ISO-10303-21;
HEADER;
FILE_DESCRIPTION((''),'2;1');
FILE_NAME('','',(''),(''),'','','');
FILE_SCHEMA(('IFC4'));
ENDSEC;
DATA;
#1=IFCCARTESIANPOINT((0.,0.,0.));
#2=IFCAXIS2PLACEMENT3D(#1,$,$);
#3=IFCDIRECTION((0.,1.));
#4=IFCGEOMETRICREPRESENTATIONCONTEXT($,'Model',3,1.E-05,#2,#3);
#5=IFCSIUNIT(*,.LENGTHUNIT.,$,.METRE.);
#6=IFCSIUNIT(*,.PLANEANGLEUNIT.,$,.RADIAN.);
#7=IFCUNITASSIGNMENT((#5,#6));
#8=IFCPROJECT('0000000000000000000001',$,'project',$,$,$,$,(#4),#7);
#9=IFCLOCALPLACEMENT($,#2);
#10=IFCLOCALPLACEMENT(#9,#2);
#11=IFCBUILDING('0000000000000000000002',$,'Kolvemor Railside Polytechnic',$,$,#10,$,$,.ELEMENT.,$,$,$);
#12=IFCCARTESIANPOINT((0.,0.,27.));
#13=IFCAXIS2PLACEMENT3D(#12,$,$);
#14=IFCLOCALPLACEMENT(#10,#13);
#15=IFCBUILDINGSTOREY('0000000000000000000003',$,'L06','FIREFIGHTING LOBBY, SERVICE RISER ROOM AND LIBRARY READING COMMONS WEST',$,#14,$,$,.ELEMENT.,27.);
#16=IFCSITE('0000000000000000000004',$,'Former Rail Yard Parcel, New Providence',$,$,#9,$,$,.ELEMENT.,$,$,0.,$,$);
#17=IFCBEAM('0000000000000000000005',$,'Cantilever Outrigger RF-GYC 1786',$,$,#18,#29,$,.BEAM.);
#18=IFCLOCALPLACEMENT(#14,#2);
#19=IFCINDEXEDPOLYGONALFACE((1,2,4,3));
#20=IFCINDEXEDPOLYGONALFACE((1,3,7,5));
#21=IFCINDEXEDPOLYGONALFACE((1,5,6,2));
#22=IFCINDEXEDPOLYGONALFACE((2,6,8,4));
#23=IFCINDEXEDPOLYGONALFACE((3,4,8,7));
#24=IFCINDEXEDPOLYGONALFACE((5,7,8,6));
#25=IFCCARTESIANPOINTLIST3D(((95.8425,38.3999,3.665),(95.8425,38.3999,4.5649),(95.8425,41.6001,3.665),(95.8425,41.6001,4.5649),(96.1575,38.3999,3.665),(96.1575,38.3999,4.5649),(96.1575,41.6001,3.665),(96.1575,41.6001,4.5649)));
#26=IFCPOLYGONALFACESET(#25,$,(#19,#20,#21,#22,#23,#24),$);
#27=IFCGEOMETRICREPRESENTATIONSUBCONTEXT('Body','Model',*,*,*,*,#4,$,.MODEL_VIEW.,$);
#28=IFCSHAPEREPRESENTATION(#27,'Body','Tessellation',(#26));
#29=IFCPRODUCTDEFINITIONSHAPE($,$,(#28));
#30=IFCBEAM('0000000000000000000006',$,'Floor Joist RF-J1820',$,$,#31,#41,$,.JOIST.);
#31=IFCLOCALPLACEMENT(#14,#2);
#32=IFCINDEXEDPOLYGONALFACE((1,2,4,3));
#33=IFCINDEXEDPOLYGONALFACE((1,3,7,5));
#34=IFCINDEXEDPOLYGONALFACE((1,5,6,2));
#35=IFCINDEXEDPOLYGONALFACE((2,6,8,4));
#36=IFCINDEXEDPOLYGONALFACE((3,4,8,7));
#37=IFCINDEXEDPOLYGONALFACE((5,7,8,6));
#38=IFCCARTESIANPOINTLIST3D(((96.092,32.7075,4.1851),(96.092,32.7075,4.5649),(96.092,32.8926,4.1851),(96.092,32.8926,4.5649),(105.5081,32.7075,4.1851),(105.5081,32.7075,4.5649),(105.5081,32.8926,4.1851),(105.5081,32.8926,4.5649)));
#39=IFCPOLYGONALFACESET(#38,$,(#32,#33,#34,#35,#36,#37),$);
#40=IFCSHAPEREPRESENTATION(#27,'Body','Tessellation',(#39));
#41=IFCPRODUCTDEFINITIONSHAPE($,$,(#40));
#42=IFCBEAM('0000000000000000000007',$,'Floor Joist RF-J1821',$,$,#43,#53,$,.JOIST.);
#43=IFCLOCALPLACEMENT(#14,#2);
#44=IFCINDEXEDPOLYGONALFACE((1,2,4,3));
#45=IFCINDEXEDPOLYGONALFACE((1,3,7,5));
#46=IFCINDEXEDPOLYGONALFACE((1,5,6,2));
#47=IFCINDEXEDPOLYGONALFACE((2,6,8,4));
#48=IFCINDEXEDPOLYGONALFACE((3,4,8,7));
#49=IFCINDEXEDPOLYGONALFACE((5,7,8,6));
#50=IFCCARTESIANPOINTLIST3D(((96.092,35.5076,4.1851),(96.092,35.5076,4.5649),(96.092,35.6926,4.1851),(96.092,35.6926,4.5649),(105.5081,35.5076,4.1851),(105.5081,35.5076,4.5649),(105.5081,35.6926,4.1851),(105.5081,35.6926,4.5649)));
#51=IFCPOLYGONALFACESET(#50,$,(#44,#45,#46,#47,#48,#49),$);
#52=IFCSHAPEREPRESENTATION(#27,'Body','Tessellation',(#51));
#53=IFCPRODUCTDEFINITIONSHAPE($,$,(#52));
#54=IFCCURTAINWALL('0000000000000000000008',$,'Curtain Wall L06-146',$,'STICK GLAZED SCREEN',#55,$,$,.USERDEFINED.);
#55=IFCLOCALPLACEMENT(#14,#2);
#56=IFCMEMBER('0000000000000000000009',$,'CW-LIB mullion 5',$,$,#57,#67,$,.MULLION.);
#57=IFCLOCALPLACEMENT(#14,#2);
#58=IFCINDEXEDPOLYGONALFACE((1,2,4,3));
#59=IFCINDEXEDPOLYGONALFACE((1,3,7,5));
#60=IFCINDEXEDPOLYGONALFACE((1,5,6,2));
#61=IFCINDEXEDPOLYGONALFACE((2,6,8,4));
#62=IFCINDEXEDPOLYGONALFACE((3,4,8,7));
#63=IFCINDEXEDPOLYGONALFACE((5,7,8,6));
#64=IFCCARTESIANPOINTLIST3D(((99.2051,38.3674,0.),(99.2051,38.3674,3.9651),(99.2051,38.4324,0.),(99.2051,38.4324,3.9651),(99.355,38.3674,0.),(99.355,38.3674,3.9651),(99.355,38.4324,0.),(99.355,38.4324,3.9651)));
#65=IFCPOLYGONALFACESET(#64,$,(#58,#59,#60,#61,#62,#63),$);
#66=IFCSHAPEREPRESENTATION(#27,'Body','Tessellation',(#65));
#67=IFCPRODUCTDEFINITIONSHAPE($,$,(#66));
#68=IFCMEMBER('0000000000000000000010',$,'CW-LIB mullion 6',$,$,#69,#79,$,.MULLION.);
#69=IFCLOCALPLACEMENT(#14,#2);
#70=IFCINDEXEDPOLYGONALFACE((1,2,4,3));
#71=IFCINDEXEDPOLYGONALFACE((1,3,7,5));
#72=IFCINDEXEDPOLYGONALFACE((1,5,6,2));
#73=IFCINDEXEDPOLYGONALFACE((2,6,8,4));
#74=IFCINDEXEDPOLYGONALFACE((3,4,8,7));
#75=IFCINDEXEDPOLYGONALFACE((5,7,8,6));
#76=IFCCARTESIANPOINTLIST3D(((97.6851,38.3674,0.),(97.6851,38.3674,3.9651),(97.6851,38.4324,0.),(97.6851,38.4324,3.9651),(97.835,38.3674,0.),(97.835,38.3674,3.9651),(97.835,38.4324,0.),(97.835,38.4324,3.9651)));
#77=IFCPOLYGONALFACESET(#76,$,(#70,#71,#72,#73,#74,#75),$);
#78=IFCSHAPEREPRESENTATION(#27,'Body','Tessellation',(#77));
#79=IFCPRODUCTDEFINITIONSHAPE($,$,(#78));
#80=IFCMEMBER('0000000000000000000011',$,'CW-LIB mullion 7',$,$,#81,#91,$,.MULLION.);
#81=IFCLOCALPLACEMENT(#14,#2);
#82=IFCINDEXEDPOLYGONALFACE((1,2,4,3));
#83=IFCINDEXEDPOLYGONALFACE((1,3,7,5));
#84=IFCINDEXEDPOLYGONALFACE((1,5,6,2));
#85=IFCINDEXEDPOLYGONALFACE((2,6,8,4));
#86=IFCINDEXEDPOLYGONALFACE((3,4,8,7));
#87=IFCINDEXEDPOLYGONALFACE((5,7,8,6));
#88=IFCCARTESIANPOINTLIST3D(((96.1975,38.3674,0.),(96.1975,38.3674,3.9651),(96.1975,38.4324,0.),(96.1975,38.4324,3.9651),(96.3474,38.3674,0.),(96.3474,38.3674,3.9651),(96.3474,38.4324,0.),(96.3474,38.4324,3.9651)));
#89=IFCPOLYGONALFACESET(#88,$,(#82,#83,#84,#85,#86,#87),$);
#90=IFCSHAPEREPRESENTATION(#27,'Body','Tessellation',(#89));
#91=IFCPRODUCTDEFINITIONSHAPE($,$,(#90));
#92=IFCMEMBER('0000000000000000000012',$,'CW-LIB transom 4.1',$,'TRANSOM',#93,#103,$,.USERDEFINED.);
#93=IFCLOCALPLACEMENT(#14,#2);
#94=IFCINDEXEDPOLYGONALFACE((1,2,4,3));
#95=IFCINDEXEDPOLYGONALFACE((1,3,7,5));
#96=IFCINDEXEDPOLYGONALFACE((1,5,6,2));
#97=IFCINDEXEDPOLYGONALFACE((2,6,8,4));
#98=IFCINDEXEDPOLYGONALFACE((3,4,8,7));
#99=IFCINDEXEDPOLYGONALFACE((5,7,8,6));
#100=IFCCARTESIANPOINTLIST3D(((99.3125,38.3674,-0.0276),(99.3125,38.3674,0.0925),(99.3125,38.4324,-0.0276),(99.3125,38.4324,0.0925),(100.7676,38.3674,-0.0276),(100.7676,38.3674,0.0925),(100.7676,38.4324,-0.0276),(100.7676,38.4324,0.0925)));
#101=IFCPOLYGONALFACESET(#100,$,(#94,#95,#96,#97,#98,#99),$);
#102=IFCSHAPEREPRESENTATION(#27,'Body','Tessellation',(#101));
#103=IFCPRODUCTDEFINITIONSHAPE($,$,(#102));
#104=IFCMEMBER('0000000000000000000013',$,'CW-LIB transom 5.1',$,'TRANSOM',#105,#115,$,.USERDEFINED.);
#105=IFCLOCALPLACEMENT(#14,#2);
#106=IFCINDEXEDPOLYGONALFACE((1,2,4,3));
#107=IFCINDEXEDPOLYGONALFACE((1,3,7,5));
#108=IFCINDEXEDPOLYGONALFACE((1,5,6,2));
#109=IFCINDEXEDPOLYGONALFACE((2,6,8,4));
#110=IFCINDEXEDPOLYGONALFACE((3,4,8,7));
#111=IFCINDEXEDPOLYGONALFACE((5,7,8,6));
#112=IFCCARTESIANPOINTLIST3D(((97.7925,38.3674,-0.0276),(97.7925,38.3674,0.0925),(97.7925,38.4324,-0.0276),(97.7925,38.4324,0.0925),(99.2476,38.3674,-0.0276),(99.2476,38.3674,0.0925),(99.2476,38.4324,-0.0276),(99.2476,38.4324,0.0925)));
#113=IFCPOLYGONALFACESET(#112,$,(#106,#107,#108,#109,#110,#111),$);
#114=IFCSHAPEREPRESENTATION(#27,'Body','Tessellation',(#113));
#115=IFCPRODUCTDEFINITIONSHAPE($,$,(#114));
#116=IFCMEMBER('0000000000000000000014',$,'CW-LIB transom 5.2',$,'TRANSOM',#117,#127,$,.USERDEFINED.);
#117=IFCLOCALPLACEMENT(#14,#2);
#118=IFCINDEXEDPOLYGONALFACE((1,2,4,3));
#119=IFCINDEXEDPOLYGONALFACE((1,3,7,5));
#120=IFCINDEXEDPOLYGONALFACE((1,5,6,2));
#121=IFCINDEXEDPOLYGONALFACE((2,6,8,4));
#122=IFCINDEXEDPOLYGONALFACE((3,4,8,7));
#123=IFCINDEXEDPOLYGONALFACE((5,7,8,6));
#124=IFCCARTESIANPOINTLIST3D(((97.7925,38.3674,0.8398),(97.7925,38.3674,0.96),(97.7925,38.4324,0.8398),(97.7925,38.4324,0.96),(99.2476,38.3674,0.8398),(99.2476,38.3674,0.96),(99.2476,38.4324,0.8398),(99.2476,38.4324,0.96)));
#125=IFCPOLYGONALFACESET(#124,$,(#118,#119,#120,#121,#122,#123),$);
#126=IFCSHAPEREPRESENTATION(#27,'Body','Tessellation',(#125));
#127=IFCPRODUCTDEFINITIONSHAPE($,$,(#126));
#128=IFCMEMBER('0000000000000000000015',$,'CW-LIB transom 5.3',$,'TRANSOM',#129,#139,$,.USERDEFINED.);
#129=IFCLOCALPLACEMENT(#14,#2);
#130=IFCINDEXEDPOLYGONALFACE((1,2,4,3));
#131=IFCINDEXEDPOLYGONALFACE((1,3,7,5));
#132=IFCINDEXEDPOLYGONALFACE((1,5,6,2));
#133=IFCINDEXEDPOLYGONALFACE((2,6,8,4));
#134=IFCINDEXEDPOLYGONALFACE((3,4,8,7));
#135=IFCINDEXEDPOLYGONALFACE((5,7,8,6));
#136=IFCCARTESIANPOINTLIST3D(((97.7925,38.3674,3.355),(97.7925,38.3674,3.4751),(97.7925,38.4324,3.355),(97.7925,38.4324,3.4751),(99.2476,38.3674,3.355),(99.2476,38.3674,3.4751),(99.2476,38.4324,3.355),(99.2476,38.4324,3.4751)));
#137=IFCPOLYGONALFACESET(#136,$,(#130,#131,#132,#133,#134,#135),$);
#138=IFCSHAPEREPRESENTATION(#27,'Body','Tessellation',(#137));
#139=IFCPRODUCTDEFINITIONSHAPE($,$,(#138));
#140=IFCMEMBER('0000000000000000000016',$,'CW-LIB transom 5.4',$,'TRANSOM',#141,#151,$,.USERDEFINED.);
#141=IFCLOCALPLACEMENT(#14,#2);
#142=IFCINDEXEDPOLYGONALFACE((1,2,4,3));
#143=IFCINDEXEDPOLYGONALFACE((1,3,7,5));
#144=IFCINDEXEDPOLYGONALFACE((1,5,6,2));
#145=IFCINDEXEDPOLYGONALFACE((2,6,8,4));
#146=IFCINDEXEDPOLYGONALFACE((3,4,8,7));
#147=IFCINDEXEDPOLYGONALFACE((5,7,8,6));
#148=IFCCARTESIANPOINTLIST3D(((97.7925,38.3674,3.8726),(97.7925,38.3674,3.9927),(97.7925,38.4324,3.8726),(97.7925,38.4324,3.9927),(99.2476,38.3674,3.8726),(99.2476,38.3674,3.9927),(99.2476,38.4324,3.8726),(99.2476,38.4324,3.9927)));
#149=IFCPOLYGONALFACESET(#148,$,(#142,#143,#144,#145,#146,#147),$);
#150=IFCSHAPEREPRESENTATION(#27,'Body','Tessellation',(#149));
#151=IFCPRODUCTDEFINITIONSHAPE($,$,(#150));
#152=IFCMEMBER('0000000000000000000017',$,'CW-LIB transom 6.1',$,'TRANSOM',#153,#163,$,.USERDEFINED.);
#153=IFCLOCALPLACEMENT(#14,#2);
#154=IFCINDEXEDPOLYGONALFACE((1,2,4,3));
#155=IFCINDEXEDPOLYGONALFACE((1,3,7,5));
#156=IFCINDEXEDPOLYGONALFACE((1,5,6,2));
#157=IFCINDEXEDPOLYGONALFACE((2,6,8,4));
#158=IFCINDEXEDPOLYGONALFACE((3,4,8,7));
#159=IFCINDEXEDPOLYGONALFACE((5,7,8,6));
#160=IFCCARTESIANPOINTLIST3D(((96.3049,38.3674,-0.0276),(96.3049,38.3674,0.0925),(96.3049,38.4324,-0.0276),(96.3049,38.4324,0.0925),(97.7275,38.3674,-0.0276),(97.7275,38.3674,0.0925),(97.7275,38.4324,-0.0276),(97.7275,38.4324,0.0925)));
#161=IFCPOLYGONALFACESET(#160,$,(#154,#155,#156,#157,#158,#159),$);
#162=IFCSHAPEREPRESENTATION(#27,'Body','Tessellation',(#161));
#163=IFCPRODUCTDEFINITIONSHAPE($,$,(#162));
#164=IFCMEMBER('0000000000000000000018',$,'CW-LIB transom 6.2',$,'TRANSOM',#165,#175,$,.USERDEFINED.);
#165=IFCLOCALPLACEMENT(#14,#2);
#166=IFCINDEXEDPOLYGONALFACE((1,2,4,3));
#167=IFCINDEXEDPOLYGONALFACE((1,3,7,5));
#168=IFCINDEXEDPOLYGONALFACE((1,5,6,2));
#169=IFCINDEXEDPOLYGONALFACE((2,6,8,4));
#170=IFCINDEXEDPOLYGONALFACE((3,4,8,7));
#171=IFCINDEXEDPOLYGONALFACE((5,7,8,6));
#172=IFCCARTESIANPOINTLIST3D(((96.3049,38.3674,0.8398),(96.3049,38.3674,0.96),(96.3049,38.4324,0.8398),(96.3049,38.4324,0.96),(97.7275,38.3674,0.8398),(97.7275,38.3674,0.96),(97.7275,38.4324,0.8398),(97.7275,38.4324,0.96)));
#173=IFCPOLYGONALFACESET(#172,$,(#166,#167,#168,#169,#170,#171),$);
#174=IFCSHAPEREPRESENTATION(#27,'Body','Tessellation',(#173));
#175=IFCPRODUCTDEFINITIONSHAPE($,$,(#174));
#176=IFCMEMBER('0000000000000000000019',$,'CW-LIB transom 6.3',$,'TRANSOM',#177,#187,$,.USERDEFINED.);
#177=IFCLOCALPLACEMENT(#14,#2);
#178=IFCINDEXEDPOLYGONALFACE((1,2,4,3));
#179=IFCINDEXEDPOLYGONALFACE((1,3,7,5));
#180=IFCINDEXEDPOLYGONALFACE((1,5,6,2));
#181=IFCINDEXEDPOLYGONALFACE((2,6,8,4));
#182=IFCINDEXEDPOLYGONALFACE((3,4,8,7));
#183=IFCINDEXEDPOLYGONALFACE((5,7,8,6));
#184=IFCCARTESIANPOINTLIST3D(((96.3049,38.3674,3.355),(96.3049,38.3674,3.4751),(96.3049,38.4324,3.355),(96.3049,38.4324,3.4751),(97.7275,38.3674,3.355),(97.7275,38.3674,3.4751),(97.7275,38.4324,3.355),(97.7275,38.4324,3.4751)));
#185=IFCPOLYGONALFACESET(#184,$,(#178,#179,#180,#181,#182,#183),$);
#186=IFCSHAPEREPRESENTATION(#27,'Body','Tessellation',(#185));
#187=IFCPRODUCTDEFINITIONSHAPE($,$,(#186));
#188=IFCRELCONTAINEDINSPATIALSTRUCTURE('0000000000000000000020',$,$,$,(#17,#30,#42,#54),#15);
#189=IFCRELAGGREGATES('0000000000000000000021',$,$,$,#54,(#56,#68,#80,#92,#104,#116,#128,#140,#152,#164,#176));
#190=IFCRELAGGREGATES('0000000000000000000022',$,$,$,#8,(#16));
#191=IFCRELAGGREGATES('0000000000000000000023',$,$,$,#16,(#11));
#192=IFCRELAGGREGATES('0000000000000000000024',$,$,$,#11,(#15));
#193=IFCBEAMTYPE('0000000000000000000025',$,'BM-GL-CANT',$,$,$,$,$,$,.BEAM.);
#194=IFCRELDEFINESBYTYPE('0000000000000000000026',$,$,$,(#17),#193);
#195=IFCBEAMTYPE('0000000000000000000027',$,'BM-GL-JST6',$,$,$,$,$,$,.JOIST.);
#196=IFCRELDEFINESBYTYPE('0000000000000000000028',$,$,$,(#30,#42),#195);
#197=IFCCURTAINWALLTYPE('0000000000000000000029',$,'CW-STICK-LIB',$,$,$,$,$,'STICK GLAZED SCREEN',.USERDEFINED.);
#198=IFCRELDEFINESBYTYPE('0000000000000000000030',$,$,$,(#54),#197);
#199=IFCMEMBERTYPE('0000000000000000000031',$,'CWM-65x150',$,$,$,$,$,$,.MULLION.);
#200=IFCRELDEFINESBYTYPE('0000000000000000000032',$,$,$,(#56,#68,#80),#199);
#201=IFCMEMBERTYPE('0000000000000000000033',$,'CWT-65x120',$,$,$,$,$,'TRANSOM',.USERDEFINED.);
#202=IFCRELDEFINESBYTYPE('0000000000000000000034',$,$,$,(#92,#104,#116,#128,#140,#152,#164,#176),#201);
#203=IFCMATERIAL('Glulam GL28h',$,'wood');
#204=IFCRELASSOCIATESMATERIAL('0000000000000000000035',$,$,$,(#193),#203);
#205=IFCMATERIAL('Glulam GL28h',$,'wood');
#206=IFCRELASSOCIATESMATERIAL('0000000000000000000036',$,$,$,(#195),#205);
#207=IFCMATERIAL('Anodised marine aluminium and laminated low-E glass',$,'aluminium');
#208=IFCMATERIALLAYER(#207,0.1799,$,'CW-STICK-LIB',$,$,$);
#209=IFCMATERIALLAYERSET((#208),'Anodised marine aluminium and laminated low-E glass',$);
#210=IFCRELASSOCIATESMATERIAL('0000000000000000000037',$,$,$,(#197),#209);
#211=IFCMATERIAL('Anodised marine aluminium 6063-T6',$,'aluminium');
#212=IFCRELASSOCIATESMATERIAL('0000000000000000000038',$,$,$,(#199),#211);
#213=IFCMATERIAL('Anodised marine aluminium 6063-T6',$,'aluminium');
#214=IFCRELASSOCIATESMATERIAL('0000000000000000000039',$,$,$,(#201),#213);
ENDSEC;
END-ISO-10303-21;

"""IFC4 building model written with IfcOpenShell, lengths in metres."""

from ifc_helpers import new_model, si_unit, direction, frame, origin, origin_2d, place, context, subcontext, project, spatial, rectangle, extrude, material, layer, layer_set, material_profile, profile_set, type_object, element, aggregate, save


model = new_model("IFC4")

# Units and contexts
model_context = context("Model", 3, precision=1e-05, world=origin(), true_north=direction((0.0, 1.0)))
body_context = subcontext(model_context, "Body", "Model", "MODEL_VIEW")
ifc_project = project(units=[si_unit("LENGTHUNIT", "METRE"), si_unit("PLANEANGLEUNIT", "RADIAN")], contexts=[model_context])

# Site, building, storey
site_placement = place(None, origin())
site = spatial("IfcSite", under=ifc_project, at=site_placement, Name="Former Rail Yard Parcel, New Providence", CompositionType="ELEMENT", RefElevation=0.0)
building_placement = place(site_placement, origin())
building = spatial("IfcBuilding", under=site, at=building_placement, Name="Kolvemor Railside Polytechnic", CompositionType="ELEMENT")
storey_placement = place(building_placement, frame((0.0, 0.0, 27.0)))
storey = spatial("IfcBuildingStorey", under=building, at=storey_placement, Name="L06", Description="FIREFIGHTING LOBBY, SERVICE RISER ROOM AND LIBRARY READING COMMONS WEST", CompositionType="ELEMENT", Elevation=27.0)

# Beams
ifc_material_1 = material(Name="Glulam GL28h", Category="wood")
ifc_material_profile_1 = material_profile(ifc_material_1, rectangle(XDim=0.3149, YDim=0.8999, at=origin_2d()), Name="GL315x900")
ifc_profile_set_1 = profile_set([ifc_material_profile_1], Name="Glulam GL28h")
beam_type_1 = type_object("IfcBeamType", Name="BM-GL-CANT", PredefinedType="BEAM", material=ifc_profile_set_1)
beam_placement = place(storey_placement, frame((96.0, 38.3999, 4.115), z_axis=(0.0, 1.0, 0.0), x_axis=(-1.0, 0.0, 0.0)))
element("IfcBeam", 1, at=beam_placement, inside=storey, type_object=beam_type_1, Name="Cantilever Outrigger RF-GYC 1786", PredefinedType="BEAM", context=body_context, shape_type="SweptSolid", body=[
    extrude(rectangle(XDim=0.3149, YDim=0.8999, at=origin_2d()), origin(), (0.0, 0.0, 1.0), 3.2002),
])
ifc_material_2 = material(Name="Glulam GL28h", Category="wood")
ifc_material_profile_2 = material_profile(ifc_material_2, rectangle(XDim=0.1851, YDim=0.3799, at=origin_2d()), Name="GL185x380")
ifc_profile_set_2 = profile_set([ifc_material_profile_2], Name="Glulam GL28h")
beam_type_2 = type_object("IfcBeamType", Name="BM-GL-JST6", PredefinedType="JOIST", material=ifc_profile_set_2)
for number, where, z_axis, x_axis, name in (
    (2, (96.092, 32.8, 4.375), (1.0, 0.0, 0.0), (0.0, 1.0, 0.0), "Floor Joist RF-J1820"),
    (3, (96.092, 35.6001, 4.375), (1.0, 0.0, 0.0), (0.0, 1.0, 0.0), "Floor Joist RF-J1821"),
):
    element("IfcBeam", number, at=place(storey_placement, frame(where, z_axis=z_axis, x_axis=x_axis)), inside=storey, type_object=beam_type_2, Name=name, PredefinedType="JOIST", context=body_context, shape_type="SweptSolid", body=[
        extrude(rectangle(XDim=0.1851, YDim=0.3799, at=origin_2d()), origin(), (0.0, 0.0, 1.0), 9.416),
    ])

# Curtain wall, members
ifc_material_3 = material(Name="Anodised marine aluminium and laminated low-E glass", Category="aluminium")
ifc_layer_1 = layer(ifc_material_3, 0.1799, Name="CW-STICK-LIB")
ifc_layer_set_1 = layer_set([ifc_layer_1], Name="Anodised marine aluminium and laminated low-E glass")
curtain_wall_type = type_object("IfcCurtainWallType", Name="CW-STICK-LIB", ElementType="STICK GLAZED SCREEN", PredefinedType="USERDEFINED", material=ifc_layer_set_1)
curtain_wall_placement = place(storey_placement, origin())
curtain_wall = element("IfcCurtainWall", 4, at=curtain_wall_placement, inside=storey, type_object=curtain_wall_type, Name="Curtain Wall L06-146", ObjectType="STICK GLAZED SCREEN", PredefinedType="USERDEFINED")
ifc_material_4 = material(Name="Anodised marine aluminium 6063-T6", Category="aluminium")
ifc_material_profile_3 = material_profile(ifc_material_4, rectangle(XDim=0.0649, YDim=0.1499, at=origin_2d()), Name="CW-MUL-65x150")
ifc_profile_set_3 = profile_set([ifc_material_profile_3], Name="Anodised marine aluminium 6063-T6")
member_type_1 = type_object("IfcMemberType", Name="CWM-65x150", PredefinedType="MULLION", material=ifc_profile_set_3)
member_1_placement = place(storey_placement, frame((99.28, 38.3999, 0.0), z_axis=(0.0, 0.0, 1.0), x_axis=(0.0, -1.0, 0.0)))
member_1 = element("IfcMember", 5, at=member_1_placement, type_object=member_type_1, Name="CW-LIB mullion 5", PredefinedType="MULLION", context=body_context, shape_type="SweptSolid", body=[
    extrude(rectangle(XDim=0.0649, YDim=0.1499, at=origin_2d()), origin(), (0.0, 0.0, 1.0), 3.9651),
])
member_2_placement = place(storey_placement, frame((97.76, 38.3999, 0.0), z_axis=(0.0, 0.0, 1.0), x_axis=(0.0, -1.0, 0.0)))
member_2 = element("IfcMember", 6, at=member_2_placement, type_object=member_type_1, Name="CW-LIB mullion 6", PredefinedType="MULLION", context=body_context, shape_type="SweptSolid", body=[
    extrude(rectangle(XDim=0.0649, YDim=0.1499, at=origin_2d()), origin(), (0.0, 0.0, 1.0), 3.9651),
])
member_3_placement = place(storey_placement, frame((96.2725, 38.3999, 0.0), z_axis=(0.0, 0.0, 1.0), x_axis=(0.0, -1.0, 0.0)))
member_3 = element("IfcMember", 7, at=member_3_placement, type_object=member_type_1, Name="CW-LIB mullion 7", PredefinedType="MULLION", context=body_context, shape_type="SweptSolid", body=[
    extrude(rectangle(XDim=0.0649, YDim=0.1499, at=origin_2d()), origin(), (0.0, 0.0, 1.0), 3.9651),
])
ifc_material_5 = material(Name="Anodised marine aluminium 6063-T6", Category="aluminium")
ifc_material_profile_4 = material_profile(ifc_material_5, rectangle(XDim=0.0649, YDim=0.1201, at=origin_2d()), Name="CW-TRN-65x120")
ifc_profile_set_4 = profile_set([ifc_material_profile_4], Name="Anodised marine aluminium 6063-T6")
member_type_2 = type_object("IfcMemberType", Name="CWT-65x120", ElementType="TRANSOM", PredefinedType="USERDEFINED", material=ifc_profile_set_4)
member_4_placement = place(storey_placement, frame((100.7676, 38.3999, 0.0325), z_axis=(-1.0, 0.0, 0.0), x_axis=(0.0, -1.0, 0.0)))
member_4 = element("IfcMember", 8, at=member_4_placement, type_object=member_type_2, Name="CW-LIB transom 4.1", ObjectType="TRANSOM", PredefinedType="USERDEFINED", context=body_context, shape_type="SweptSolid", body=[
    extrude(rectangle(XDim=0.0649, YDim=0.1201, at=origin_2d()), origin(), (0.0, 0.0, 1.0), 1.4551),
])
member_5_placement = place(storey_placement, frame((99.2476, 38.3999, 0.0325), z_axis=(-1.0, 0.0, 0.0), x_axis=(0.0, -1.0, 0.0)))
member_5 = element("IfcMember", 9, at=member_5_placement, type_object=member_type_2, Name="CW-LIB transom 5.1", ObjectType="TRANSOM", PredefinedType="USERDEFINED", context=body_context, shape_type="SweptSolid", body=[
    extrude(rectangle(XDim=0.0649, YDim=0.1201, at=origin_2d()), origin(), (0.0, 0.0, 1.0), 1.4551),
])
member_6_placement = place(storey_placement, frame((99.2476, 38.3999, 0.8999), z_axis=(-1.0, 0.0, 0.0), x_axis=(0.0, -1.0, 0.0)))
member_6 = element("IfcMember", 10, at=member_6_placement, type_object=member_type_2, Name="CW-LIB transom 5.2", ObjectType="TRANSOM", PredefinedType="USERDEFINED", context=body_context, shape_type="SweptSolid", body=[
    extrude(rectangle(XDim=0.0649, YDim=0.1201, at=origin_2d()), origin(), (0.0, 0.0, 1.0), 1.4551),
])
member_7_placement = place(storey_placement, frame((99.2476, 38.3999, 3.415), z_axis=(-1.0, 0.0, 0.0), x_axis=(0.0, -1.0, 0.0)))
member_7 = element("IfcMember", 11, at=member_7_placement, type_object=member_type_2, Name="CW-LIB transom 5.3", ObjectType="TRANSOM", PredefinedType="USERDEFINED", context=body_context, shape_type="SweptSolid", body=[
    extrude(rectangle(XDim=0.0649, YDim=0.1201, at=origin_2d()), origin(), (0.0, 0.0, 1.0), 1.4551),
])
member_8_placement = place(storey_placement, frame((99.2476, 38.3999, 3.9326), z_axis=(-1.0, 0.0, 0.0), x_axis=(0.0, -1.0, 0.0)))
member_8 = element("IfcMember", 12, at=member_8_placement, type_object=member_type_2, Name="CW-LIB transom 5.4", ObjectType="TRANSOM", PredefinedType="USERDEFINED", context=body_context, shape_type="SweptSolid", body=[
    extrude(rectangle(XDim=0.0649, YDim=0.1201, at=origin_2d()), origin(), (0.0, 0.0, 1.0), 1.4551),
])
member_9_placement = place(storey_placement, frame((97.7275, 38.3999, 0.0325), z_axis=(-1.0, 0.0, 0.0), x_axis=(0.0, -1.0, 0.0)))
member_9 = element("IfcMember", 13, at=member_9_placement, type_object=member_type_2, Name="CW-LIB transom 6.1", ObjectType="TRANSOM", PredefinedType="USERDEFINED", context=body_context, shape_type="SweptSolid", body=[
    extrude(rectangle(XDim=0.0649, YDim=0.1201, at=origin_2d()), origin(), (0.0, 0.0, 1.0), 1.4226),
])
member_10_placement = place(storey_placement, frame((97.7275, 38.3999, 0.8999), z_axis=(-1.0, 0.0, 0.0), x_axis=(0.0, -1.0, 0.0)))
member_10 = element("IfcMember", 14, at=member_10_placement, type_object=member_type_2, Name="CW-LIB transom 6.2", ObjectType="TRANSOM", PredefinedType="USERDEFINED", context=body_context, shape_type="SweptSolid", body=[
    extrude(rectangle(XDim=0.0649, YDim=0.1201, at=origin_2d()), origin(), (0.0, 0.0, 1.0), 1.4226),
])
member_11_placement = place(storey_placement, frame((97.7275, 38.3999, 3.415), z_axis=(-1.0, 0.0, 0.0), x_axis=(0.0, -1.0, 0.0)))
member_11 = element("IfcMember", 15, at=member_11_placement, type_object=member_type_2, Name="CW-LIB transom 6.3", ObjectType="TRANSOM", PredefinedType="USERDEFINED", context=body_context, shape_type="SweptSolid", body=[
    extrude(rectangle(XDim=0.0649, YDim=0.1201, at=origin_2d()), origin(), (0.0, 0.0, 1.0), 1.4226),
])

aggregate(curtain_wall, [member_1, member_2, member_3, member_4, member_5, member_6, member_7, member_8, member_9, member_10, member_11])

save(model, "model.ifc")
